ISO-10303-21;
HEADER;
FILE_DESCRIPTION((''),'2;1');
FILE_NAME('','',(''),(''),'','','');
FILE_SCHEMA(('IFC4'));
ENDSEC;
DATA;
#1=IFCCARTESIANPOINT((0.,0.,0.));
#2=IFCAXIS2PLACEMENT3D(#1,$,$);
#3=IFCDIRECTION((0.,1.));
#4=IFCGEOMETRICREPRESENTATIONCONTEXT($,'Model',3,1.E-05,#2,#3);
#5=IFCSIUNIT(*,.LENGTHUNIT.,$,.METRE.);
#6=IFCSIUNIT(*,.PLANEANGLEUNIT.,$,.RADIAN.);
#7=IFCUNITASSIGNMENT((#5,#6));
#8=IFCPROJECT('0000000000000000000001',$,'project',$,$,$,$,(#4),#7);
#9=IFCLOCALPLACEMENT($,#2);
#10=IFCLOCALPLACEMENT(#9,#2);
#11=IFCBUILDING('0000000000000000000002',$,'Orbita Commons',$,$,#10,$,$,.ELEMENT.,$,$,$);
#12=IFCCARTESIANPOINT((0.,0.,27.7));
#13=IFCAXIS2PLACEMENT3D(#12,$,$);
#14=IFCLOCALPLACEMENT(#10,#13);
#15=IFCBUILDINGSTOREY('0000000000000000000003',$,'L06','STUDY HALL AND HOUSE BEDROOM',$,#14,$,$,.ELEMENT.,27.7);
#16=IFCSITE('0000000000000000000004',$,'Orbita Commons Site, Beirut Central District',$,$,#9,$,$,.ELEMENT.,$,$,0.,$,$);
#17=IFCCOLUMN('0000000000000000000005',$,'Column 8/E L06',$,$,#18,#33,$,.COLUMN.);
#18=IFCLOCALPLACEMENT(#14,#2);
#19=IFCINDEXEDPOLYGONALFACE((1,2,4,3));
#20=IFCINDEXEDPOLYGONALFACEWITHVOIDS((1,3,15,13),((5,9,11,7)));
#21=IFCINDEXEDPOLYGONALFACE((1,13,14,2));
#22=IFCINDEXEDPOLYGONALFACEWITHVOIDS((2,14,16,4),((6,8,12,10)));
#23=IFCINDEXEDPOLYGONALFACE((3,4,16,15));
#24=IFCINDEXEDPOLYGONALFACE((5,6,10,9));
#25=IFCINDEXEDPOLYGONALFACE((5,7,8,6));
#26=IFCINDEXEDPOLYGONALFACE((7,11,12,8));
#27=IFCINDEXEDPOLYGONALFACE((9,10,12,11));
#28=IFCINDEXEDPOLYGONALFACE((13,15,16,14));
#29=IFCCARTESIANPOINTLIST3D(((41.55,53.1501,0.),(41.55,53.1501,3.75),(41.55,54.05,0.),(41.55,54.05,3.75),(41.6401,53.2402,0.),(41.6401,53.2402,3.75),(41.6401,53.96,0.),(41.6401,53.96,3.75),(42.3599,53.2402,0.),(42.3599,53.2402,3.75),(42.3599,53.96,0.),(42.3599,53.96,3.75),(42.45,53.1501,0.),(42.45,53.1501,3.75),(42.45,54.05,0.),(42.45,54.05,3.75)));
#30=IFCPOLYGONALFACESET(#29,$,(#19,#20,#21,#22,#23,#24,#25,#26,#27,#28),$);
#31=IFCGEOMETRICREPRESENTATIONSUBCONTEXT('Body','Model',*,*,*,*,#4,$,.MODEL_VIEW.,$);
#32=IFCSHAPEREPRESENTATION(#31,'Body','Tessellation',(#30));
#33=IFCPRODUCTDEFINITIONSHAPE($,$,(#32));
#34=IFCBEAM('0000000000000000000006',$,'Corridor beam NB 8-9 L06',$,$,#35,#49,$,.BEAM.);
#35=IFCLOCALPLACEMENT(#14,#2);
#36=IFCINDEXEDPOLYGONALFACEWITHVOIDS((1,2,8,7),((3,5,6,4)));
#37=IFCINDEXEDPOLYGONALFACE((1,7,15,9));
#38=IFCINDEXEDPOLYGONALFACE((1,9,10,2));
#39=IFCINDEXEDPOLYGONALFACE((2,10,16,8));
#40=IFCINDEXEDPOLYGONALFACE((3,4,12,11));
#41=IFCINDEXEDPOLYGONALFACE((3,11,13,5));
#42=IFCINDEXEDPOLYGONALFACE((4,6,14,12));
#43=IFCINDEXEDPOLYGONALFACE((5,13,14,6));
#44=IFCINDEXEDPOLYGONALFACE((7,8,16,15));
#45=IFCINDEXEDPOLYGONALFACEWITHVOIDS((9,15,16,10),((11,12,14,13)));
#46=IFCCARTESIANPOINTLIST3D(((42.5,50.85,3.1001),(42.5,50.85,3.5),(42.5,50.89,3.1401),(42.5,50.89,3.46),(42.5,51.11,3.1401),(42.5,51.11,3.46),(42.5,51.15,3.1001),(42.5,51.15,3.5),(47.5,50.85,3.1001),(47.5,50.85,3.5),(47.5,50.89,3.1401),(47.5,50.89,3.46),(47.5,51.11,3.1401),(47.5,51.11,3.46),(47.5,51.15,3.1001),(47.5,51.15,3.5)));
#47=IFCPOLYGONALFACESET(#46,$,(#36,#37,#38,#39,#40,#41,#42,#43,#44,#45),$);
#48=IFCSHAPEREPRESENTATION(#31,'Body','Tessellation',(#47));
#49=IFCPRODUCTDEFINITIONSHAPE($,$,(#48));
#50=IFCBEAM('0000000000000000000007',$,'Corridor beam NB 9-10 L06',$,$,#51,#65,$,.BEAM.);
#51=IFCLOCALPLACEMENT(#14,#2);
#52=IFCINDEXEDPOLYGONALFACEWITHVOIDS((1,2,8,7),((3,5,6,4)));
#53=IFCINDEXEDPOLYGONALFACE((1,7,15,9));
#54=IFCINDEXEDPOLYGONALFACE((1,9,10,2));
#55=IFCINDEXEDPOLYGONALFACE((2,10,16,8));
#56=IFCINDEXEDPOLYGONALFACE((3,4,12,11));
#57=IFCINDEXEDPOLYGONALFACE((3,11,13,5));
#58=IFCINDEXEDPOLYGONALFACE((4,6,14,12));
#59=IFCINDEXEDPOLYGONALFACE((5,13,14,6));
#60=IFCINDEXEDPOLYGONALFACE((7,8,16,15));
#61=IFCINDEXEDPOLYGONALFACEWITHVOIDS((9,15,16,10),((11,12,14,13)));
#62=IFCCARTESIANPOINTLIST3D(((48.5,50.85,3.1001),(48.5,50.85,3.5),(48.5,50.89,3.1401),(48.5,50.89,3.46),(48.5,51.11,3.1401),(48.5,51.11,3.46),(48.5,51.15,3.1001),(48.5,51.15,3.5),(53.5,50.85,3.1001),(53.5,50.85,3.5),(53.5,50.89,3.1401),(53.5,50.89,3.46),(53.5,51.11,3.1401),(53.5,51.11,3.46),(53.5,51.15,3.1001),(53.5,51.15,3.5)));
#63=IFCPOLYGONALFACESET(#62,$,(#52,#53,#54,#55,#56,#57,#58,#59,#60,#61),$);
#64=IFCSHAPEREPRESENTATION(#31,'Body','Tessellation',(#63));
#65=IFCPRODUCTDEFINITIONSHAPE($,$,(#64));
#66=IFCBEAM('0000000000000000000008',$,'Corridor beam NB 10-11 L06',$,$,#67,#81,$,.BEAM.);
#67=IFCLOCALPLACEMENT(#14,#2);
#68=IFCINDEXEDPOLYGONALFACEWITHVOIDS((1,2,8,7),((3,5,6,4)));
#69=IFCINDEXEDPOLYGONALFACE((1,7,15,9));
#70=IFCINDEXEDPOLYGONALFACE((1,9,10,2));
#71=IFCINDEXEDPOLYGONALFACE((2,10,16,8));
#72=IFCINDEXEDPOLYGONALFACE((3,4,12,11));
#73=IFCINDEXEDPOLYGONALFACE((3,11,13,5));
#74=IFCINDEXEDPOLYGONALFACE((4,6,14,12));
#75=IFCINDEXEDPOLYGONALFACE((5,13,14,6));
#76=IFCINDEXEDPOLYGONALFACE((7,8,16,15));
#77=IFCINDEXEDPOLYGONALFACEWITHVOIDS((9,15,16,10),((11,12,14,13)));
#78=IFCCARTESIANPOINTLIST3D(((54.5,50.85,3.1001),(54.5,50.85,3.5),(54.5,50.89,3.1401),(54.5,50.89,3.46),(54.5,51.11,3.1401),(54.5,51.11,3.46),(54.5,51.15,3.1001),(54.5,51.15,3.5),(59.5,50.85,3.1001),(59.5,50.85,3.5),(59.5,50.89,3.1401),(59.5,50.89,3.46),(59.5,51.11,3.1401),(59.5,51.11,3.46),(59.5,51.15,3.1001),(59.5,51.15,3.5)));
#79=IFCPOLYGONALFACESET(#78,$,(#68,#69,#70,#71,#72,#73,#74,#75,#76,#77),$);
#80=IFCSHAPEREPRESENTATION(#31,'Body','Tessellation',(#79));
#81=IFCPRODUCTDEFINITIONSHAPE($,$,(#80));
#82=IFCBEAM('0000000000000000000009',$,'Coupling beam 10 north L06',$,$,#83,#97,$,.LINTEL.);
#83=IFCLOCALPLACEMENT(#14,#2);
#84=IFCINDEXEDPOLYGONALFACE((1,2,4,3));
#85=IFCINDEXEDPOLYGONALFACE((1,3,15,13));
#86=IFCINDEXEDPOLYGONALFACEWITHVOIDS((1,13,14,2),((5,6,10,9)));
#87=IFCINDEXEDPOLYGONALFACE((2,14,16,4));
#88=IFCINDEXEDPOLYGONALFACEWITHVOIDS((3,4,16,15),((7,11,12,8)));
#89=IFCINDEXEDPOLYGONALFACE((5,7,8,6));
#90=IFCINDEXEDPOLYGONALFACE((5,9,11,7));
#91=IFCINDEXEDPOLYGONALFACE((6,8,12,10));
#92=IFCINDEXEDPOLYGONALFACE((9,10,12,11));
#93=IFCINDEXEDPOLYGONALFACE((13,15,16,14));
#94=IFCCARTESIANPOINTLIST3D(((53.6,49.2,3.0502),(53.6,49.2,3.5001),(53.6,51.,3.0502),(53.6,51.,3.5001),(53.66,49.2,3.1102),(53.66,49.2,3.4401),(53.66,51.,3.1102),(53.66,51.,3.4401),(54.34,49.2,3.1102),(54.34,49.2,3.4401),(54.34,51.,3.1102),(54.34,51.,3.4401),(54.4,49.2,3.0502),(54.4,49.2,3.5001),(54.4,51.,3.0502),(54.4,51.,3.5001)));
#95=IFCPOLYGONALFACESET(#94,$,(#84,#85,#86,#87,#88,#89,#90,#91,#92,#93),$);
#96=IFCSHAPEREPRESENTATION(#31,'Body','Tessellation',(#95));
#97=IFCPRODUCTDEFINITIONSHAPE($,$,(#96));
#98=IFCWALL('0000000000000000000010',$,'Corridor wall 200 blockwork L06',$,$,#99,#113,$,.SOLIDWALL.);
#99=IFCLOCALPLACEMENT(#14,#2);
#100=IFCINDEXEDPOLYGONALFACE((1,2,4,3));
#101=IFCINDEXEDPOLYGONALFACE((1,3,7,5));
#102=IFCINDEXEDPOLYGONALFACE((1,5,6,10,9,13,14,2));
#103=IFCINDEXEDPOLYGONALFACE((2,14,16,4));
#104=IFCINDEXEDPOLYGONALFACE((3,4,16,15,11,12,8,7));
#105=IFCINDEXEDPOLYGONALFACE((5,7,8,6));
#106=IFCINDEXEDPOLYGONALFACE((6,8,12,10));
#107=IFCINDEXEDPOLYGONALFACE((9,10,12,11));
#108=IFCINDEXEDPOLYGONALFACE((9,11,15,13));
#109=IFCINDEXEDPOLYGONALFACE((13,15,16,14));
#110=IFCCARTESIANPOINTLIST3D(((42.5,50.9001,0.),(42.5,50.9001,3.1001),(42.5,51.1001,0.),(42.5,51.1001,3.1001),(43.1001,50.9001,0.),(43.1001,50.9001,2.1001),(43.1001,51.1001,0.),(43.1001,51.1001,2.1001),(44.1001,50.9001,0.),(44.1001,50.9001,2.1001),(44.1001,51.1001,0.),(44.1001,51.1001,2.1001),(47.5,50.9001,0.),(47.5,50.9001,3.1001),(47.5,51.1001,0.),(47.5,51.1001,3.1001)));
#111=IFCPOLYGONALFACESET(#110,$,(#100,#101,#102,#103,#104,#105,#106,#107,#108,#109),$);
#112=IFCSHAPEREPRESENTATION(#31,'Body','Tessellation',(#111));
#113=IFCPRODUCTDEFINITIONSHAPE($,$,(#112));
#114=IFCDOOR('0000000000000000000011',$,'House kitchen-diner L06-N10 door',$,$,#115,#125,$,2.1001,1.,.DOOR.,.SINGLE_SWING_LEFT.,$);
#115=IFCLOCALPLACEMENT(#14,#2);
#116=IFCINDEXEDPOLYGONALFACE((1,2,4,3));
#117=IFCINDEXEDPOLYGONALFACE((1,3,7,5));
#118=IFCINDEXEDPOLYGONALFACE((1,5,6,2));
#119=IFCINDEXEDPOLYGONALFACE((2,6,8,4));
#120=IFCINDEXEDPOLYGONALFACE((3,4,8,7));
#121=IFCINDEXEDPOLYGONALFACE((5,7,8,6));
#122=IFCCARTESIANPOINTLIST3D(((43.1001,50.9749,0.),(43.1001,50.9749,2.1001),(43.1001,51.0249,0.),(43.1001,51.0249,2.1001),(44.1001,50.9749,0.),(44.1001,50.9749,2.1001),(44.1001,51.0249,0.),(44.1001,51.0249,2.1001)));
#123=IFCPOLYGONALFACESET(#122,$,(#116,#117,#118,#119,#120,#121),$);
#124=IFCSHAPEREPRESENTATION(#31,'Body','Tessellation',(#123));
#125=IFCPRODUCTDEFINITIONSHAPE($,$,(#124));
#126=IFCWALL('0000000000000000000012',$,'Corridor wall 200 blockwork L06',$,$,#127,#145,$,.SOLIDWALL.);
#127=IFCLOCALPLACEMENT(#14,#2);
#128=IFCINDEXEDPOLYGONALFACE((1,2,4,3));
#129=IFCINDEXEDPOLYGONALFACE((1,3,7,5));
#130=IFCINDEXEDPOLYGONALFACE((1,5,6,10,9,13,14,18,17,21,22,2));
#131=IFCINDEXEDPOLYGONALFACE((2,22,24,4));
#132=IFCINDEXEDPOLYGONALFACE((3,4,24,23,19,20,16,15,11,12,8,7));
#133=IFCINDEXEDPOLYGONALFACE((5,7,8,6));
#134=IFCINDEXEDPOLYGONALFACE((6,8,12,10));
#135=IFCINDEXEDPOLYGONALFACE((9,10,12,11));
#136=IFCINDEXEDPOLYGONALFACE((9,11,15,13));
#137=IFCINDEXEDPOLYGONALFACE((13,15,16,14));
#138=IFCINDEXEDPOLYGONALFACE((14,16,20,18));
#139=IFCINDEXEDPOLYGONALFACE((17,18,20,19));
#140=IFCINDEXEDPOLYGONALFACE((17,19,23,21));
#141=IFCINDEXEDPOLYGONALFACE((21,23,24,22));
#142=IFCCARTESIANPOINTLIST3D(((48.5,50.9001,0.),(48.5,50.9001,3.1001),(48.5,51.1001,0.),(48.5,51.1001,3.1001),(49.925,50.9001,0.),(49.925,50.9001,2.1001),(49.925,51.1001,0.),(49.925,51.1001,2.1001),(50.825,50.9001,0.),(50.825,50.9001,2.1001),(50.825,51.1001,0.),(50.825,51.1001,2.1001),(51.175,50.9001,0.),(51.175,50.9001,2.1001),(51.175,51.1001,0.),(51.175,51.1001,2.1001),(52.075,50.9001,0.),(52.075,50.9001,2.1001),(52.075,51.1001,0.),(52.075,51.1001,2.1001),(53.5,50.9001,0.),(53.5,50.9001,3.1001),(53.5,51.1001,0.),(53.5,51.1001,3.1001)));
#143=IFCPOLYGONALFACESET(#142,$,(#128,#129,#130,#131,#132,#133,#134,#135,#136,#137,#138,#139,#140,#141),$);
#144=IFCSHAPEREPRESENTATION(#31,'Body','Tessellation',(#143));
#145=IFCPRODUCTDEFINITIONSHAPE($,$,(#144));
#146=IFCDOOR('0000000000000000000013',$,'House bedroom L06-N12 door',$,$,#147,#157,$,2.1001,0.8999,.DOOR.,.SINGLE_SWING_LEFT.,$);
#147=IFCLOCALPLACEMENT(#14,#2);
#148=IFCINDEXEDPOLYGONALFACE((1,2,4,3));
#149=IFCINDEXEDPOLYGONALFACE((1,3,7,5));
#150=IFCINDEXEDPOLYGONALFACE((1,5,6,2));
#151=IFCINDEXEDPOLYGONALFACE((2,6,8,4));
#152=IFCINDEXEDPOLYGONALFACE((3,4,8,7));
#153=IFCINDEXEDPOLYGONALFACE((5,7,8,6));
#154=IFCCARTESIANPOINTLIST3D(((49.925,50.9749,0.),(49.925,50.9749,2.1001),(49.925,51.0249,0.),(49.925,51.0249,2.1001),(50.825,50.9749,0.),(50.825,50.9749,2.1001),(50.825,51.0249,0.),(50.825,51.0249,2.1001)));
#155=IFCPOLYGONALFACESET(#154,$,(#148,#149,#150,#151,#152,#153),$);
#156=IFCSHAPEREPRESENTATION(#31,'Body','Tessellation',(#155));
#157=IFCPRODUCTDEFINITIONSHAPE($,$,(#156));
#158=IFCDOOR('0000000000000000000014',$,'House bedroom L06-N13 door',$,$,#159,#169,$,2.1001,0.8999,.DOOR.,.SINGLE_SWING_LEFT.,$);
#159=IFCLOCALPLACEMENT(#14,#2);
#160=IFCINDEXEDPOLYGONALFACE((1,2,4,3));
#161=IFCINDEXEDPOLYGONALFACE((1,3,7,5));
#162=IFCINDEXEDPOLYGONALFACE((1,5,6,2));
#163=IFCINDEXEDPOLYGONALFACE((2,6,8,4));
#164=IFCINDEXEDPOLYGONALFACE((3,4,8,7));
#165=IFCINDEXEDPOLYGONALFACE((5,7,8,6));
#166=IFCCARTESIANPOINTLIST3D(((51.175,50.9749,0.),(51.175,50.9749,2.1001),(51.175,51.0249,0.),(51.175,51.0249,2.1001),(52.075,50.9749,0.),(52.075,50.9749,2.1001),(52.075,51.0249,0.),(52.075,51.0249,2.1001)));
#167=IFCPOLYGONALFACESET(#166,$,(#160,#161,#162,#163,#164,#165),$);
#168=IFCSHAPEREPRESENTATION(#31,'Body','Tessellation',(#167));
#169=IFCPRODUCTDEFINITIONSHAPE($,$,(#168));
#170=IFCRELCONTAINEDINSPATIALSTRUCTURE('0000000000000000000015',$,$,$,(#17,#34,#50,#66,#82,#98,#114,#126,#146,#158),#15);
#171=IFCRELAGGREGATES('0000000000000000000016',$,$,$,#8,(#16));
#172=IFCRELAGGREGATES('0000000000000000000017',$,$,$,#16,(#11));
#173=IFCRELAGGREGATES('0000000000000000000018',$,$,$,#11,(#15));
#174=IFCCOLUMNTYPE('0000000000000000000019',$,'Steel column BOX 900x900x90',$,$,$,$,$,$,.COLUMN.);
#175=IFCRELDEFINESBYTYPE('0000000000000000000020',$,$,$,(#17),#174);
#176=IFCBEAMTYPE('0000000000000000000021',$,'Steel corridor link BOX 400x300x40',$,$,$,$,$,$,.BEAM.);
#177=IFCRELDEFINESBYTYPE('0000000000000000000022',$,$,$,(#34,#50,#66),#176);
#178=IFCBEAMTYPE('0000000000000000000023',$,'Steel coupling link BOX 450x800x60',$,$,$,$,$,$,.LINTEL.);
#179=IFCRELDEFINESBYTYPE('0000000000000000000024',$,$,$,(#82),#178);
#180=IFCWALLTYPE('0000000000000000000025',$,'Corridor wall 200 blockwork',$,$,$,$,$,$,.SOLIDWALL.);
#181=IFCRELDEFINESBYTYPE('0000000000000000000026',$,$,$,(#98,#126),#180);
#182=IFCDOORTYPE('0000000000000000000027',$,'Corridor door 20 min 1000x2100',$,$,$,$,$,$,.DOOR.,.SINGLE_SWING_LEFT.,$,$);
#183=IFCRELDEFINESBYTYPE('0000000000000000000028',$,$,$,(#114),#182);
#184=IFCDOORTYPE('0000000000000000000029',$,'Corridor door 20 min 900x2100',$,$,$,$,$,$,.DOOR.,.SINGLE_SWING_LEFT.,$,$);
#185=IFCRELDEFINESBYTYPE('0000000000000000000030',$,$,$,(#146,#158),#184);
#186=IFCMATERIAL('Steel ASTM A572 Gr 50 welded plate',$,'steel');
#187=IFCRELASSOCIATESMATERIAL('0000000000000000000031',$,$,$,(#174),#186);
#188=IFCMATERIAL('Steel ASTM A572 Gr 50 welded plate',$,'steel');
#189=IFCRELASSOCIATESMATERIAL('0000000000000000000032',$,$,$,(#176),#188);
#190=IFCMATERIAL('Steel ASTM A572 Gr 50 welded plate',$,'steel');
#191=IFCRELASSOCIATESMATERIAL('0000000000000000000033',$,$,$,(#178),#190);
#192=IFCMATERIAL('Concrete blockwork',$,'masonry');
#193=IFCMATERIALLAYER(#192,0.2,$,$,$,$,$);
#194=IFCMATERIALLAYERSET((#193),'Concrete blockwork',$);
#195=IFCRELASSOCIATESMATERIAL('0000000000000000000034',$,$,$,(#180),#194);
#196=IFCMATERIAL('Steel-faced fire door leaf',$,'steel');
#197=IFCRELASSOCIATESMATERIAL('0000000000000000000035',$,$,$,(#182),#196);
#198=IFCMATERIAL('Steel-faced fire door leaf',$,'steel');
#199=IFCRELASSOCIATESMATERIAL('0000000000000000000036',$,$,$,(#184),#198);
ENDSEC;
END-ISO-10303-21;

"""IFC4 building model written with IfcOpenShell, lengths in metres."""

from ifc_helpers import new_model, si_unit, direction, frame, frame_2d, origin, origin_2d, place, context, subcontext, project, spatial, polyline, rectangle, hollow_rectangle, outline, extrude, material, layer, layer_set, material_profile, profile_set, type_object, element, fill, save


model = new_model("IFC4")

# Units and contexts
model_context = context("Model", 3, precision=1e-05, world=origin(), true_north=direction((0.0, 1.0)))
body_context = subcontext(model_context, "Body", "Model", "MODEL_VIEW")
ifc_project = project(units=[si_unit("LENGTHUNIT", "METRE"), si_unit("PLANEANGLEUNIT", "RADIAN")], contexts=[model_context])

# Site, building, storey
site_placement = place(None, origin())
site = spatial("IfcSite", under=ifc_project, at=site_placement, Name="Orbita Commons Site, Beirut Central District", CompositionType="ELEMENT", RefElevation=0.0)
building_placement = place(site_placement, origin())
building = spatial("IfcBuilding", under=site, at=building_placement, Name="Orbita Commons", CompositionType="ELEMENT")
storey_placement = place(building_placement, frame((0.0, 0.0, 27.7)))
storey = spatial("IfcBuildingStorey", under=building, at=storey_placement, Name="L06", Description="STUDY HALL AND HOUSE BEDROOM", CompositionType="ELEMENT", Elevation=27.7)

# Column
ifc_material_1 = material(Name="Steel ASTM A572 Gr 50 welded plate", Category="steel")
ifc_material_profile_1 = material_profile(ifc_material_1, hollow_rectangle(XDim=0.8999, YDim=0.8999, WallThickness=0.0901, at=origin_2d()), Name="BOX 900x900x90")
ifc_profile_set_1 = profile_set([ifc_material_profile_1], Name="Steel ASTM A572 Gr 50 welded plate")
column_type = type_object("IfcColumnType", Name="Steel column BOX 900x900x90", PredefinedType="COLUMN", material=ifc_profile_set_1)
column_placement = place(storey_placement, frame((42.0, 53.6001, 0.0), z_axis=(0.0, 0.0, 1.0), x_axis=(1.0, 0.0, 0.0)))
element("IfcColumn", 1, at=column_placement, inside=storey, type_object=column_type, Name="Column 8/E L06", PredefinedType="COLUMN", context=body_context, shape_type="SweptSolid", body=[
    extrude(hollow_rectangle(XDim=0.8999, YDim=0.8999, WallThickness=0.0901, at=origin_2d()), origin(), (0.0, 0.0, 1.0), 3.75),
])

# Beams
ifc_material_2 = material(Name="Steel ASTM A572 Gr 50 welded plate", Category="steel")
ifc_material_profile_2 = material_profile(ifc_material_2, hollow_rectangle(XDim=0.3, YDim=0.3999, WallThickness=0.04, at=origin_2d()), Name="BOX 400x300x40")
ifc_profile_set_2 = profile_set([ifc_material_profile_2], Name="Steel ASTM A572 Gr 50 welded plate")
beam_type_1 = type_object("IfcBeamType", Name="Steel corridor link BOX 400x300x40", PredefinedType="BEAM", material=ifc_profile_set_2)
for number, where, z_axis, x_axis, name in (
    (2, (42.5, 51.0, 3.3), (1.0, 0.0, 0.0), (0.0, 1.0, 0.0), "Corridor beam NB 8-9 L06"),
    (3, (48.5, 51.0, 3.3), (1.0, 0.0, 0.0), (0.0, 1.0, 0.0), "Corridor beam NB 9-10 L06"),
    (4, (54.5, 51.0, 3.3), (1.0, 0.0, 0.0), (0.0, 1.0, 0.0), "Corridor beam NB 10-11 L06"),
):
    element("IfcBeam", number, at=place(storey_placement, frame(where, z_axis=z_axis, x_axis=x_axis)), inside=storey, type_object=beam_type_1, Name=name, PredefinedType="BEAM", context=body_context, shape_type="SweptSolid", body=[
        extrude(hollow_rectangle(XDim=0.3, YDim=0.3999, WallThickness=0.04, at=origin_2d()), origin(), (0.0, 0.0, 1.0), 5.0),
    ])
ifc_material_3 = material(Name="Steel ASTM A572 Gr 50 welded plate", Category="steel")
ifc_material_profile_3 = material_profile(ifc_material_3, hollow_rectangle(XDim=0.8, YDim=0.45, WallThickness=0.0601, at=origin_2d()), Name="BOX 450x800x60")
ifc_profile_set_3 = profile_set([ifc_material_profile_3], Name="Steel ASTM A572 Gr 50 welded plate")
beam_type_2 = type_object("IfcBeamType", Name="Steel coupling link BOX 450x800x60", PredefinedType="LINTEL", material=ifc_profile_set_3)
beam_placement = place(storey_placement, frame((54.0, 49.2, 3.2751), z_axis=(0.0, 1.0, 0.0), x_axis=(-1.0, 0.0, 0.0)))
element("IfcBeam", 5, at=beam_placement, inside=storey, type_object=beam_type_2, Name="Coupling beam 10 north L06", PredefinedType="LINTEL", context=body_context, shape_type="SweptSolid", body=[
    extrude(hollow_rectangle(XDim=0.8, YDim=0.45, WallThickness=0.0601, at=origin_2d()), origin(), (0.0, 0.0, 1.0), 1.8),
])

# Wall, opening, door
ifc_material_4 = material(Name="Concrete blockwork", Category="masonry")
ifc_layer_1 = layer(ifc_material_4, 0.2)
ifc_layer_set_1 = layer_set([ifc_layer_1], Name="Concrete blockwork")
wall_type_1 = type_object("IfcWallType", Name="Corridor wall 200 blockwork", PredefinedType="SOLIDWALL", material=ifc_layer_set_1)
wall_1_placement = place(storey_placement, frame((42.5, 51.0, 0.0), z_axis=(0.0, 0.0, 1.0), x_axis=(1.0, 0.0, 0.0)))
wall_1 = element("IfcWall", 6, at=wall_1_placement, inside=storey, type_object=wall_type_1, Name="Corridor wall 200 blockwork L06", PredefinedType="SOLIDWALL", context=body_context, shape_type="SweptSolid", body=[
    extrude(outline(polyline([(0.0, 0.0), (5.0, 0.0), (5.0, 3.1001), (0.0, 3.1001), (0.0, 0.0)])), frame((0.0, 0.1001, 0.0), z_axis=(0.0, -1.0, 0.0), x_axis=(1.0, 0.0, 0.0)), (0.0, 0.0, 1.0), 0.2),
])
opening_1_placement = place(wall_1_placement, frame((0.6001, 0.0, 0.0)))
opening_1 = element("IfcOpeningElement", 7, at=opening_1_placement, cuts=wall_1, PredefinedType="OPENING", context=body_context, shape_type="SweptSolid", body=[
    extrude(rectangle(XDim=1.0, YDim=2.1001, at=frame_2d((0.5, 1.05))), frame((0.0, 0.1099, 0.0), z_axis=(0.0, -1.0, 0.0), x_axis=(1.0, 0.0, 0.0)), (0.0, 0.0, 1.0), 0.22),
])
ifc_material_5 = material(Name="Steel-faced fire door leaf", Category="steel")
door_type_1 = type_object("IfcDoorType", Name="Corridor door 20 min 1000x2100", OperationType="SINGLE_SWING_LEFT", PredefinedType="DOOR", material=ifc_material_5)
door_1_placement = place(opening_1_placement, origin())
door_1 = element("IfcDoor", 8, at=door_1_placement, inside=storey, type_object=door_type_1, Name="House kitchen-diner L06-N10 door", OperationType="SINGLE_SWING_LEFT", OverallHeight=2.1001, OverallWidth=1.0, PredefinedType="DOOR", context=body_context, shape_type="SweptSolid", body=[
    extrude(rectangle(XDim=1.0, YDim=2.1001, at=frame_2d((0.5, 1.05))), frame((0.0, 0.0249, 0.0), z_axis=(0.0, -1.0, 0.0), x_axis=(1.0, 0.0, 0.0)), (0.0, 0.0, 1.0), 0.05),
])
fill(opening_1, door_1)

# Wall, openings, doors
wall_2_placement = place(storey_placement, frame((48.5, 51.0, 0.0), z_axis=(0.0, 0.0, 1.0), x_axis=(1.0, 0.0, 0.0)))
wall_2 = element("IfcWall", 9, at=wall_2_placement, inside=storey, type_object=wall_type_1, Name="Corridor wall 200 blockwork L06", PredefinedType="SOLIDWALL", context=body_context, shape_type="SweptSolid", body=[
    extrude(outline(polyline([(0.0, 0.0), (5.0, 0.0), (5.0, 3.1001), (0.0, 3.1001), (0.0, 0.0)])), frame((0.0, 0.1001, 0.0), z_axis=(0.0, -1.0, 0.0), x_axis=(1.0, 0.0, 0.0)), (0.0, 0.0, 1.0), 0.2),
])
opening_2_placement = place(wall_2_placement, frame((1.425, 0.0, 0.0)))
opening_2 = element("IfcOpeningElement", 10, at=opening_2_placement, cuts=wall_2, PredefinedType="OPENING", context=body_context, shape_type="SweptSolid", body=[
    extrude(rectangle(XDim=0.8999, YDim=2.1001, at=frame_2d((0.45, 1.05))), frame((0.0, 0.1099, 0.0), z_axis=(0.0, -1.0, 0.0), x_axis=(1.0, 0.0, 0.0)), (0.0, 0.0, 1.0), 0.22),
])
opening_3_placement = place(wall_2_placement, frame((2.675, 0.0, 0.0)))
opening_3 = element("IfcOpeningElement", 11, at=opening_3_placement, cuts=wall_2, PredefinedType="OPENING", context=body_context, shape_type="SweptSolid", body=[
    extrude(rectangle(XDim=0.8999, YDim=2.1001, at=frame_2d((0.45, 1.05))), frame((0.0, 0.1099, 0.0), z_axis=(0.0, -1.0, 0.0), x_axis=(1.0, 0.0, 0.0)), (0.0, 0.0, 1.0), 0.22),
])
ifc_material_6 = material(Name="Steel-faced fire door leaf", Category="steel")
door_type_2 = type_object("IfcDoorType", Name="Corridor door 20 min 900x2100", OperationType="SINGLE_SWING_LEFT", PredefinedType="DOOR", material=ifc_material_6)
door_2_placement = place(opening_2_placement, origin())
door_2 = element("IfcDoor", 12, at=door_2_placement, inside=storey, type_object=door_type_2, Name="House bedroom L06-N12 door", OperationType="SINGLE_SWING_LEFT", OverallHeight=2.1001, OverallWidth=0.8999, PredefinedType="DOOR", context=body_context, shape_type="SweptSolid", body=[
    extrude(rectangle(XDim=0.8999, YDim=2.1001, at=frame_2d((0.45, 1.05))), frame((0.0, 0.0249, 0.0), z_axis=(0.0, -1.0, 0.0), x_axis=(1.0, 0.0, 0.0)), (0.0, 0.0, 1.0), 0.05),
])
fill(opening_2, door_2)
door_3_placement = place(opening_3_placement, origin())
door_3 = element("IfcDoor", 13, at=door_3_placement, inside=storey, type_object=door_type_2, Name="House bedroom L06-N13 door", OperationType="SINGLE_SWING_LEFT", OverallHeight=2.1001, OverallWidth=0.8999, PredefinedType="DOOR", context=body_context, shape_type="SweptSolid", body=[
    extrude(rectangle(XDim=0.8999, YDim=2.1001, at=frame_2d((0.45, 1.05))), frame((0.0, 0.0249, 0.0), z_axis=(0.0, -1.0, 0.0), x_axis=(1.0, 0.0, 0.0)), (0.0, 0.0, 1.0), 0.05),
])
fill(opening_3, door_3)

save(model, "model.ifc")
